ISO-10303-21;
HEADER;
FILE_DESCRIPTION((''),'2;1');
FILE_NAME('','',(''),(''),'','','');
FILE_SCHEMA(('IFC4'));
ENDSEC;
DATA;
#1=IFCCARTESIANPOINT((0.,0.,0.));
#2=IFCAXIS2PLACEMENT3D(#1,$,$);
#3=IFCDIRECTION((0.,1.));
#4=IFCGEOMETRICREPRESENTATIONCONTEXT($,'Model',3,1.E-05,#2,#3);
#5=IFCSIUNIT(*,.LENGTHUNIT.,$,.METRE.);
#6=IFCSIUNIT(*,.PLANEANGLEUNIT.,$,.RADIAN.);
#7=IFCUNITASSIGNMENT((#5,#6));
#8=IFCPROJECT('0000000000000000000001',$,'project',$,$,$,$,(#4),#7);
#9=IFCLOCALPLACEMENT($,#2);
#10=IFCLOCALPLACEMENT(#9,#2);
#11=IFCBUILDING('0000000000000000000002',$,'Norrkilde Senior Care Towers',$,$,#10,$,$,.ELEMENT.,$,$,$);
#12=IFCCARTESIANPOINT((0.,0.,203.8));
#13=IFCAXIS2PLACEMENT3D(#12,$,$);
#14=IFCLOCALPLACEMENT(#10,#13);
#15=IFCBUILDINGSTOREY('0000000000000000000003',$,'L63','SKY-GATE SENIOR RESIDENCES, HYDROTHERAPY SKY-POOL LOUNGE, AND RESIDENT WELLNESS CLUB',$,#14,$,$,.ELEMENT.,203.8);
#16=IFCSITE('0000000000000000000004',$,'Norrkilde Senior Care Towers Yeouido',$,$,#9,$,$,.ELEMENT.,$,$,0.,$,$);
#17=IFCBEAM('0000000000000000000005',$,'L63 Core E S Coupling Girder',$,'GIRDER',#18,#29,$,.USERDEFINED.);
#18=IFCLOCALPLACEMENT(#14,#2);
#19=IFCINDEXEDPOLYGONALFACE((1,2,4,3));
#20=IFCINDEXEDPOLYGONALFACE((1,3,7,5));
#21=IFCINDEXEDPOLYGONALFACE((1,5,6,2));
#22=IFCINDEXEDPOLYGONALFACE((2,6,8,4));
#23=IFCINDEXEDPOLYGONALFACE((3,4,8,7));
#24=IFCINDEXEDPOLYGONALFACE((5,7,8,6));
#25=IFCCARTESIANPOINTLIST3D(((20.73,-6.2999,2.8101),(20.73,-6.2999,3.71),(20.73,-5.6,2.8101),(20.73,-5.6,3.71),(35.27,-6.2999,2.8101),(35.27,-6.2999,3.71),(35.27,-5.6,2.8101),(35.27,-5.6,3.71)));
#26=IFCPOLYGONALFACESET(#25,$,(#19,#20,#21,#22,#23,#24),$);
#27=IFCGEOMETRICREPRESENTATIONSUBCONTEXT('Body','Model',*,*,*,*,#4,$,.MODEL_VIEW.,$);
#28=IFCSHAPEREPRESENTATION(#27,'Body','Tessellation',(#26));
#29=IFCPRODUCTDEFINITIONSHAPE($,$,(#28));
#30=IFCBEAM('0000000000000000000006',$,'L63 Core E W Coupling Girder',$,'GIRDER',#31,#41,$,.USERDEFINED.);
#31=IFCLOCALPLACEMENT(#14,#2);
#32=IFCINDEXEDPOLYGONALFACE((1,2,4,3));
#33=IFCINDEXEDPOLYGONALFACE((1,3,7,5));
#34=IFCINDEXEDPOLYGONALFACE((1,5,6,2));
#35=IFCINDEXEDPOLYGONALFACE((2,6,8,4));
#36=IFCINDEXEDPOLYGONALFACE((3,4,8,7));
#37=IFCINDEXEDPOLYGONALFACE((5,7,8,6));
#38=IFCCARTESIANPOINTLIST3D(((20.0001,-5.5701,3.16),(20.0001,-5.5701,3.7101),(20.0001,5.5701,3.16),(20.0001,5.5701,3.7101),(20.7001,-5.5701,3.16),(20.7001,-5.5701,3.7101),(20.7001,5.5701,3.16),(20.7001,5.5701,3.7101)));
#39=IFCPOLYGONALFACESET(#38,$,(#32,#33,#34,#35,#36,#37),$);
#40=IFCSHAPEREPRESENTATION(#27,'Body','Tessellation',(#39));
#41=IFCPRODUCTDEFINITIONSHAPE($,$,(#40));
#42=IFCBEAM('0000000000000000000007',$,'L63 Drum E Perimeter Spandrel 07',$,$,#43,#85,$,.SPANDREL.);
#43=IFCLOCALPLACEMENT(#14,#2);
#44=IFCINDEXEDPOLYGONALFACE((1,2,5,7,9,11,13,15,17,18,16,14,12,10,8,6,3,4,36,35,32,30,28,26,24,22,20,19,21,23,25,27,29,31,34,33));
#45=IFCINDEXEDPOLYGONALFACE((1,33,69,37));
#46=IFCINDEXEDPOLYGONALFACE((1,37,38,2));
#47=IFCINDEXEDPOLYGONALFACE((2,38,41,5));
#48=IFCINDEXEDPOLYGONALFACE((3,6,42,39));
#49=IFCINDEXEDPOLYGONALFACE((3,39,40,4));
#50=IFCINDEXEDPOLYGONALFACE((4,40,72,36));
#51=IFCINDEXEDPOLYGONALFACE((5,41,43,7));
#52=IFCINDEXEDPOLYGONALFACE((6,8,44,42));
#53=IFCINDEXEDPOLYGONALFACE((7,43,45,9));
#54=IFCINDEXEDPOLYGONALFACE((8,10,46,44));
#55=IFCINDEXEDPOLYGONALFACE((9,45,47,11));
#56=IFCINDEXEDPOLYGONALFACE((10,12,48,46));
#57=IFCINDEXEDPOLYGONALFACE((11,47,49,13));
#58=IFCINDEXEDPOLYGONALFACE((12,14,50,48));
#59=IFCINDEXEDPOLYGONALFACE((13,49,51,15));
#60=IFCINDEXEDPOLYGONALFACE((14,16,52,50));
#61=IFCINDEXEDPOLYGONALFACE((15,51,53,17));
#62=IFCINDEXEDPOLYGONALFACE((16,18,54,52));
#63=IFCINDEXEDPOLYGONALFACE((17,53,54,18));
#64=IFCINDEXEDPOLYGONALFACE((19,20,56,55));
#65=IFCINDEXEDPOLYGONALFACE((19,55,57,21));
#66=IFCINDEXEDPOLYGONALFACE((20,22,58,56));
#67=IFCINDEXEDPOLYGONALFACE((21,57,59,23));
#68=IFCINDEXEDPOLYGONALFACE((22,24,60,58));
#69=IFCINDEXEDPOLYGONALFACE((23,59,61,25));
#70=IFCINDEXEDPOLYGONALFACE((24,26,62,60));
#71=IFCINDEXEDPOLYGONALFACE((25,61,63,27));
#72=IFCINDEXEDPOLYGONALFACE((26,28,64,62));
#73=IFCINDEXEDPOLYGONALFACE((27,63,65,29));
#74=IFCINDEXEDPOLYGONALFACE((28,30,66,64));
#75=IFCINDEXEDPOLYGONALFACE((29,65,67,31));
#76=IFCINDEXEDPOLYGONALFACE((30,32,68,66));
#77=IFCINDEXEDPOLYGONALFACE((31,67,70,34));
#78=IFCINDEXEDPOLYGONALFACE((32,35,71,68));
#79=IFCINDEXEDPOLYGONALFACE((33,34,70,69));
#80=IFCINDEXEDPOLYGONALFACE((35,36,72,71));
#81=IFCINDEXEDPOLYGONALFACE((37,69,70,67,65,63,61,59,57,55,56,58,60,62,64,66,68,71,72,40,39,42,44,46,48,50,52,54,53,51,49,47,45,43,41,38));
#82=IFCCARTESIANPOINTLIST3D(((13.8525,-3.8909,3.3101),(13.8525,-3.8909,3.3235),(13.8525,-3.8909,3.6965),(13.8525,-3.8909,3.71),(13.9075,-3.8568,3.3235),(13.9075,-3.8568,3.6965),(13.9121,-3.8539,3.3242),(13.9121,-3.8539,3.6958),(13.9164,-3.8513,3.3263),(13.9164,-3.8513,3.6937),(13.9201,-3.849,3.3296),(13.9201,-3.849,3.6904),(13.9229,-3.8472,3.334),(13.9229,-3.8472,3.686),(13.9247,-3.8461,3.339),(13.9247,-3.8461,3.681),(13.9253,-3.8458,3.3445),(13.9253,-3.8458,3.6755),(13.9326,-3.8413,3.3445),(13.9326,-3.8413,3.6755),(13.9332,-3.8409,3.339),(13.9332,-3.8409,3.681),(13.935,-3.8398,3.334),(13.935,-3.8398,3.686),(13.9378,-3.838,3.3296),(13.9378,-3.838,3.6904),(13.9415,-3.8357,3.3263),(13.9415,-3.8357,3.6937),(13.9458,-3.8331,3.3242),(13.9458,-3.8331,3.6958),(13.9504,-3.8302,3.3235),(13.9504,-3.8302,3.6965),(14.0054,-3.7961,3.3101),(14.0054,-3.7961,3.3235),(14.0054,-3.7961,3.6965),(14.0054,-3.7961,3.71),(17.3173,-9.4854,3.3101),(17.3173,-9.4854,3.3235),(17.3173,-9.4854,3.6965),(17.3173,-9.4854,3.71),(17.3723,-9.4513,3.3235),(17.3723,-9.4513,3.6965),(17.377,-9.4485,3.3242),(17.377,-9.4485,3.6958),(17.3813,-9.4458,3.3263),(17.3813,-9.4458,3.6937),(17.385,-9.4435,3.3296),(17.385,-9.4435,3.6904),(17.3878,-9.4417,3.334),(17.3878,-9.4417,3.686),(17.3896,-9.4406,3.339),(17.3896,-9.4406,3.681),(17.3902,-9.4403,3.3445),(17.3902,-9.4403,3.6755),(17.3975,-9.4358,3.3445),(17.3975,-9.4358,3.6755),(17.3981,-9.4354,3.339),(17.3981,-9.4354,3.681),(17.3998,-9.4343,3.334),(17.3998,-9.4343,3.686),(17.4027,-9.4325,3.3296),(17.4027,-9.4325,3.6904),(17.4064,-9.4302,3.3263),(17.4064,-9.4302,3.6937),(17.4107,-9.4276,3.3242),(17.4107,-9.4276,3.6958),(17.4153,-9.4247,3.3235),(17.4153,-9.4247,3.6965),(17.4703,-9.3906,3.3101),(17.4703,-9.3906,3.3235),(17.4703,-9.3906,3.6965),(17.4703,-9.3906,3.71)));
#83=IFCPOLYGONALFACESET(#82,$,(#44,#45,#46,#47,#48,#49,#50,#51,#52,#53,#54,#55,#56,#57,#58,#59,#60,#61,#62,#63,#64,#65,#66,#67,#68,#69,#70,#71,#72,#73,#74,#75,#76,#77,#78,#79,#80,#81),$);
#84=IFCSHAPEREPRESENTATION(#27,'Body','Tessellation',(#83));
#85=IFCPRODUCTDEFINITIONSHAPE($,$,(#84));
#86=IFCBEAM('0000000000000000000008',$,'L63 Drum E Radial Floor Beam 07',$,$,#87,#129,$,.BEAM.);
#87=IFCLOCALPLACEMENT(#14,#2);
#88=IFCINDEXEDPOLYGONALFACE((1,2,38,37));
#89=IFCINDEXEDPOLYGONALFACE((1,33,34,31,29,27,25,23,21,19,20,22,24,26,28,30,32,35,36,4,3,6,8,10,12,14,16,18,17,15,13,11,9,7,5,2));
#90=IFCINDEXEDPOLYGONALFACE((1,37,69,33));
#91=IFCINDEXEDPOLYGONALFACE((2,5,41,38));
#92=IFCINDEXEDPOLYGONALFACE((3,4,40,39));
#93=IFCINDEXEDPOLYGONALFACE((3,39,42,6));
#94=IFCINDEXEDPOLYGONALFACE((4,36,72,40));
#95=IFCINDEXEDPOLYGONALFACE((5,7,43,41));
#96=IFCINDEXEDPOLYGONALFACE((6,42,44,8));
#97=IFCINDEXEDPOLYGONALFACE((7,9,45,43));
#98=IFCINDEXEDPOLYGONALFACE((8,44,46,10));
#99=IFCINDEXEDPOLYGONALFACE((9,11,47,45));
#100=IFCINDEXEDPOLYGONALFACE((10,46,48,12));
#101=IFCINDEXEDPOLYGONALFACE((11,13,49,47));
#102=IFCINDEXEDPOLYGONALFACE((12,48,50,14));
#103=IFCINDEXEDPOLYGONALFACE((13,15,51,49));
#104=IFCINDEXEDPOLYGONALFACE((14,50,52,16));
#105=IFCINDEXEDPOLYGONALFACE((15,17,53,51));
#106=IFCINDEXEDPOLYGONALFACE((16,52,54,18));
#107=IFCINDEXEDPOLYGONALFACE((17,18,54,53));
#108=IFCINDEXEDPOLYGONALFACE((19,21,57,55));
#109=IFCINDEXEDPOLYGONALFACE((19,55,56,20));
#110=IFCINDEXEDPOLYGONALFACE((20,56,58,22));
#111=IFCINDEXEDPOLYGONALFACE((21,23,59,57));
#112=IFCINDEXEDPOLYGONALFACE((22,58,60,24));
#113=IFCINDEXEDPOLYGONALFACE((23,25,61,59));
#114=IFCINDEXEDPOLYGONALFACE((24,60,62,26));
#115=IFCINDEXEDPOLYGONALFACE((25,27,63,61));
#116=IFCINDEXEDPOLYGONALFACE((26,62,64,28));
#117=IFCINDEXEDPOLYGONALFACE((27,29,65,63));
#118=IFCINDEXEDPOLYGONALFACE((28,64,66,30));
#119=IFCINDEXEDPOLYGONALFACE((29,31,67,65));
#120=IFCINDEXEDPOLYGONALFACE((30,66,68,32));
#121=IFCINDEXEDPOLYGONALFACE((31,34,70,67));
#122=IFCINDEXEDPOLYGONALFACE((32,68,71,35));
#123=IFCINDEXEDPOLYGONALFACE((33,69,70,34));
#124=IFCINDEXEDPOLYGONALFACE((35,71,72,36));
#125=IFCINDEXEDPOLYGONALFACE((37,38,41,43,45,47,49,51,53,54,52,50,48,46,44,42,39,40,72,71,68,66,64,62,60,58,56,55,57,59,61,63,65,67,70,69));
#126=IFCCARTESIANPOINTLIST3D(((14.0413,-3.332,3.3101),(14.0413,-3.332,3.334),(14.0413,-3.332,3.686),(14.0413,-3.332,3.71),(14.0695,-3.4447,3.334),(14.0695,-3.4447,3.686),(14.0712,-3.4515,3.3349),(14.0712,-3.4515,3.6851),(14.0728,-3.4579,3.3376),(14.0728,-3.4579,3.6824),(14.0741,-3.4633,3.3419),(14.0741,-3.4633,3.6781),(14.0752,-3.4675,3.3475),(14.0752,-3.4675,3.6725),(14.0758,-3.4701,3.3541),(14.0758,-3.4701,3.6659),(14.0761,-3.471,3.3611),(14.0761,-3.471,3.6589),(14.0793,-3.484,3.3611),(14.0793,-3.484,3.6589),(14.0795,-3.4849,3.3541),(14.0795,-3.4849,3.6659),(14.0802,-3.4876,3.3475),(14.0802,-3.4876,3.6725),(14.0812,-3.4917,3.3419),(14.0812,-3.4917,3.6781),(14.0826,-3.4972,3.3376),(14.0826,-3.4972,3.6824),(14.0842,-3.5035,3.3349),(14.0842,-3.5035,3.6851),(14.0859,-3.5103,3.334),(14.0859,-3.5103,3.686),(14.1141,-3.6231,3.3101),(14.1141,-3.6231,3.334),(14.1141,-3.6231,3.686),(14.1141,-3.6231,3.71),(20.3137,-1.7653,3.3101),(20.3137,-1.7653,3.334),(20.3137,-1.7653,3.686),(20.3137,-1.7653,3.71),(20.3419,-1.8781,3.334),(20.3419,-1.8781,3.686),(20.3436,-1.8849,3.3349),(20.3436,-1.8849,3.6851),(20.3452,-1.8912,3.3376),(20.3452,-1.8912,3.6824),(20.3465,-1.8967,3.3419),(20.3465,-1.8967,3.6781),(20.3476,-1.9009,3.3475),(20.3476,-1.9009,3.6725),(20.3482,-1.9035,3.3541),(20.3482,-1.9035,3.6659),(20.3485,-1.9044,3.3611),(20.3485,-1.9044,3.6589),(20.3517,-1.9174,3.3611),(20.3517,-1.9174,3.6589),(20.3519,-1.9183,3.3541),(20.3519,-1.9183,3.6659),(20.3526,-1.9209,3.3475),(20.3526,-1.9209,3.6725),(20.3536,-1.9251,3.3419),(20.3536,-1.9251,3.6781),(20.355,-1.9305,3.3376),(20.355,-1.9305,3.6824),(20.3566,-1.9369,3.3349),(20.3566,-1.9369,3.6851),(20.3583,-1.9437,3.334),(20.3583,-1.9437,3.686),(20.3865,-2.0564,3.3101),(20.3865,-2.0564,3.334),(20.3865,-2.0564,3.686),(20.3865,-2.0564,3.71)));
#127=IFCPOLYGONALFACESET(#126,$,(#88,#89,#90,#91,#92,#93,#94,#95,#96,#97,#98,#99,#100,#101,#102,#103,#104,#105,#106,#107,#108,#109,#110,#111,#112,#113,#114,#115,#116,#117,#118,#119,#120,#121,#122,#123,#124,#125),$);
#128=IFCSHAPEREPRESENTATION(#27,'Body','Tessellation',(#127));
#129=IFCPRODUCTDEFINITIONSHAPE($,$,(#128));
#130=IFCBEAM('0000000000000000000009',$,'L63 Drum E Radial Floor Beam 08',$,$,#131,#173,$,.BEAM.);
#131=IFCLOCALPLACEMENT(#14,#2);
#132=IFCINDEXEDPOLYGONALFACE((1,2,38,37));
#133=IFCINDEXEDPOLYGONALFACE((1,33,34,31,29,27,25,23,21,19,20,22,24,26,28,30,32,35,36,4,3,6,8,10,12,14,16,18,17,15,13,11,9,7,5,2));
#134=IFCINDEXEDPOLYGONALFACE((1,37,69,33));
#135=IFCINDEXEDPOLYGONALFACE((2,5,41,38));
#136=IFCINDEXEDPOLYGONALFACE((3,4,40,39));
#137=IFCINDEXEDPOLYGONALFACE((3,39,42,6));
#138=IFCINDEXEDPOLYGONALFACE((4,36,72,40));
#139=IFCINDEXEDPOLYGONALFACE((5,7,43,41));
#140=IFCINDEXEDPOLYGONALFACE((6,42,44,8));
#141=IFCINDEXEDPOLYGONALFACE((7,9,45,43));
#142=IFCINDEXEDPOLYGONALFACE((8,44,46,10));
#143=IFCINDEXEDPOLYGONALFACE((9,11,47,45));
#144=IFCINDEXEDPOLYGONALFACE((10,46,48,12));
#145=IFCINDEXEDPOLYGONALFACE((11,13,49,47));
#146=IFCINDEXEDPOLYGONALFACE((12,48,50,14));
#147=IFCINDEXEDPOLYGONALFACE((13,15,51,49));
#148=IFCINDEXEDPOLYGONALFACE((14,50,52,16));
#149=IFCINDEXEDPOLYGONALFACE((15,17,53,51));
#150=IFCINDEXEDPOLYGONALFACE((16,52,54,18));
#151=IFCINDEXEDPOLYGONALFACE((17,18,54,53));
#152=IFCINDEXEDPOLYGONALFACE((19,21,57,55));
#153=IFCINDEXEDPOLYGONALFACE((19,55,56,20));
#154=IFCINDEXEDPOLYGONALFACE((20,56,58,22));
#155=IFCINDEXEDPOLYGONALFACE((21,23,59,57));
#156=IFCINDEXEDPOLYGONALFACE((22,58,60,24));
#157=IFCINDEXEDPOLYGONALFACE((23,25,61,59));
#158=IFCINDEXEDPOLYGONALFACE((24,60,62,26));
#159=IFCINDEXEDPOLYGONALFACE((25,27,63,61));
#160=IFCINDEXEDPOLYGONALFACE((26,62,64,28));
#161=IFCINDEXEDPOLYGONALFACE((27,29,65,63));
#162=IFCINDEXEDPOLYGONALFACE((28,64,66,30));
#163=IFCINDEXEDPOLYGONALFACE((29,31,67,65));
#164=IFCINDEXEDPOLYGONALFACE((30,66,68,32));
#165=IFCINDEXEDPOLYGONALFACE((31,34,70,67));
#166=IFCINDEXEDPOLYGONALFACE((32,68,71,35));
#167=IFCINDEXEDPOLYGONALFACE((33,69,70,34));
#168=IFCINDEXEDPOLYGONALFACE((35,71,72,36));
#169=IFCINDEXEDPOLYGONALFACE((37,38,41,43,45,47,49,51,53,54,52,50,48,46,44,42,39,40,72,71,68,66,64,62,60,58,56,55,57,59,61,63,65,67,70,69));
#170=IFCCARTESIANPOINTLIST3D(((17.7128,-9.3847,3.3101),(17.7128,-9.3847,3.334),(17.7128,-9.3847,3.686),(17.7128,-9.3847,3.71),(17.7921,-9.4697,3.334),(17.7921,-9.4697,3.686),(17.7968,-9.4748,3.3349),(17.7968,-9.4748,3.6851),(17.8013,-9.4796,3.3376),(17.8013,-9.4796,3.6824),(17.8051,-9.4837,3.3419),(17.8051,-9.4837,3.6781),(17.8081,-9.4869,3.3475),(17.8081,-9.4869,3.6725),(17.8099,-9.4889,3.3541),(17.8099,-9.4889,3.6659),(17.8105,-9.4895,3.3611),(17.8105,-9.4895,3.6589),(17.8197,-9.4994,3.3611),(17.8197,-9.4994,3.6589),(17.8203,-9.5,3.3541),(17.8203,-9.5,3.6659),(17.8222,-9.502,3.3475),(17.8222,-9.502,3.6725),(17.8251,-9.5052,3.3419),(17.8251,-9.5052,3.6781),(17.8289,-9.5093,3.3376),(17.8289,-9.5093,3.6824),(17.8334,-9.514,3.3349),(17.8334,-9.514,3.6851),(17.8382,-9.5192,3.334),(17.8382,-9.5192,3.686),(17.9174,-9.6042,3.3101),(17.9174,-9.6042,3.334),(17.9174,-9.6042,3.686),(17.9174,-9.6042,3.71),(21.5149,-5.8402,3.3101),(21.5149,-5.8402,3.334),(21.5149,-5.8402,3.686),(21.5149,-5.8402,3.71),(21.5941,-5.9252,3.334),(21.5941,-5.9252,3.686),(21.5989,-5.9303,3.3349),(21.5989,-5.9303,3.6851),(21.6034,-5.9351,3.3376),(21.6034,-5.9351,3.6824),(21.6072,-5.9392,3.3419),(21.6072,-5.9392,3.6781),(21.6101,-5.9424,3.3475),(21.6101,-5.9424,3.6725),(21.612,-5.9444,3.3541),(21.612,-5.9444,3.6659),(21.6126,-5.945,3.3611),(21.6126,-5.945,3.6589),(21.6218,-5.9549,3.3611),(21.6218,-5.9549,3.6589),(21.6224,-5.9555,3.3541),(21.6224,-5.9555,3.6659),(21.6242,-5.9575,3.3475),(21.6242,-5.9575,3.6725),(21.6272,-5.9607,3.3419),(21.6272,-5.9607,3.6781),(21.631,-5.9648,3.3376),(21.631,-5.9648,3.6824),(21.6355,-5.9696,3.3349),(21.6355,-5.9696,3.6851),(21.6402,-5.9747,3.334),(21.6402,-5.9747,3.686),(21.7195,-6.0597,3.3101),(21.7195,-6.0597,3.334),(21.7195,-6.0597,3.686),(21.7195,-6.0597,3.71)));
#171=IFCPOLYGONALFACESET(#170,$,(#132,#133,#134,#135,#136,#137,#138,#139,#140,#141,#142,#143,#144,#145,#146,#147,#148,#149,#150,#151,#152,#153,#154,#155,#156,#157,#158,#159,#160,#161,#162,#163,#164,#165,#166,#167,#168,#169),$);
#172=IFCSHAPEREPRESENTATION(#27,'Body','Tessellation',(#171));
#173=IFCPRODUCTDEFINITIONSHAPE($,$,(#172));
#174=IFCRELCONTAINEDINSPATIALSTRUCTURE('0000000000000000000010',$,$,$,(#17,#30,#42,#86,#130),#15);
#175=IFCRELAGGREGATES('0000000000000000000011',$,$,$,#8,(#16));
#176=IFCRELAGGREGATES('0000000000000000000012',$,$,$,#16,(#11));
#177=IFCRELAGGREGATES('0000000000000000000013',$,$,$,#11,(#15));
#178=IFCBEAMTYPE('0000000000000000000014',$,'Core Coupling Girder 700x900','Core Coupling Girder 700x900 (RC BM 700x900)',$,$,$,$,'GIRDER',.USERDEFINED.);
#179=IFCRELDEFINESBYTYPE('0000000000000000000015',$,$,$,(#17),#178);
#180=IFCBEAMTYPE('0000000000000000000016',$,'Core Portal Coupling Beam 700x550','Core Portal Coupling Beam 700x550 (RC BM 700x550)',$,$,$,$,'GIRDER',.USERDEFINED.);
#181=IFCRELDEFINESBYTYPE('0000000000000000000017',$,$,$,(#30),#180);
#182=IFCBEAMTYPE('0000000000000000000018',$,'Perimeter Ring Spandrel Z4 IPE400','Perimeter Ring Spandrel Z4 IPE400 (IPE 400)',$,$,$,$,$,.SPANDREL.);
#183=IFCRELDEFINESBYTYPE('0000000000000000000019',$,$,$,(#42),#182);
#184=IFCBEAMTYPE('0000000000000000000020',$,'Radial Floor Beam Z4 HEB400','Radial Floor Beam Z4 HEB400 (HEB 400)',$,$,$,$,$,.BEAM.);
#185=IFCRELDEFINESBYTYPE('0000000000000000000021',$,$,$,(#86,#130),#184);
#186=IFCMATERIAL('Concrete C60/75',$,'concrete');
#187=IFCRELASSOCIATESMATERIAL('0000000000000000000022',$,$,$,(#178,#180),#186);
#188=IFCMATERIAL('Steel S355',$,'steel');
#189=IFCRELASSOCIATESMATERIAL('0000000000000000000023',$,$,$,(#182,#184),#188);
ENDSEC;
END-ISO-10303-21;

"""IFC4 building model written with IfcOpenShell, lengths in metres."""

from ifc_helpers import new_model, si_unit, direction, frame, origin, origin_2d, place, context, subcontext, project, spatial, rectangle, i_section, extrude, source, transform, mapped, material, material_profile, profile_set, type_object, type_shapes, element, save


model = new_model("IFC4")

# Units and contexts
model_context = context("Model", 3, precision=1e-05, world=origin(), true_north=direction((0.0, 1.0)))
body_context = subcontext(model_context, "Body", "Model", "MODEL_VIEW")
ifc_project = project(units=[si_unit("LENGTHUNIT", "METRE"), si_unit("PLANEANGLEUNIT", "RADIAN")], contexts=[model_context])

# Site, building, storey
site_placement = place(None, origin())
site = spatial("IfcSite", under=ifc_project, at=site_placement, Name="Norrkilde Senior Care Towers Yeouido", CompositionType="ELEMENT", RefElevation=0.0)
building_placement = place(site_placement, origin())
building = spatial("IfcBuilding", under=site, at=building_placement, Name="Norrkilde Senior Care Towers", CompositionType="ELEMENT")
storey_placement = place(building_placement, frame((0.0, 0.0, 203.8)))
storey = spatial("IfcBuildingStorey", under=building, at=storey_placement, Name="L63", Description="SKY-GATE SENIOR RESIDENCES, HYDROTHERAPY SKY-POOL LOUNGE, AND RESIDENT WELLNESS CLUB", CompositionType="ELEMENT", Elevation=203.8)

# Beams
ifc_material_1 = material(Name="Concrete C60/75", Category="concrete")
ifc_material_profile_1 = material_profile(ifc_material_1, rectangle(XDim=0.7, YDim=0.8999, at=origin_2d()), Name="RC BM 700x900")
ifc_profile_set_1 = profile_set([ifc_material_profile_1], Name="Concrete C60/75")
beam_type_1 = type_object("IfcBeamType", Name="Core Coupling Girder 700x900", Description="Core Coupling Girder 700x900 (RC BM 700x900)", ElementType="GIRDER", PredefinedType="USERDEFINED", material=ifc_profile_set_1)
shared_shape_1 = source(origin(), body_context, "Body", "SweptSolid", [
    extrude(rectangle(XDim=0.7, YDim=0.8999, at=origin_2d()), origin(), (0.0, 0.0, 1.0), 14.54),
])
type_shapes(beam_type_1, [shared_shape_1])
beam_1_placement = place(storey_placement, frame((20.73, -5.95, 3.26), z_axis=(1.0, 0.0, 0.0), x_axis=(0.0, 1.0, 0.0)))
element("IfcBeam", 1, at=beam_1_placement, inside=storey, type_object=beam_type_1, Name="L63 Core E S Coupling Girder", ObjectType="GIRDER", PredefinedType="USERDEFINED", context=body_context, shape_type="MappedRepresentation", body=[
    mapped(shared_shape_1, transform((0.0, 0.0, 0.0), x_axis=(1.0, 0.0, 0.0), y_axis=(0.0, 1.0, 0.0), z_axis=(0.0, 0.0, 1.0), scale=1.0)),
])
ifc_material_profile_2 = material_profile(ifc_material_1, rectangle(XDim=0.7, YDim=0.55, at=origin_2d()), Name="RC BM 700x550")
ifc_profile_set_2 = profile_set([ifc_material_profile_2], Name="Concrete C60/75")
beam_type_2 = type_object("IfcBeamType", Name="Core Portal Coupling Beam 700x550", Description="Core Portal Coupling Beam 700x550 (RC BM 700x550)", ElementType="GIRDER", PredefinedType="USERDEFINED", material=ifc_profile_set_2)
shared_shape_2 = source(origin(), body_context, "Body", "SweptSolid", [
    extrude(rectangle(XDim=0.7, YDim=0.55, at=origin_2d()), origin(), (0.0, 0.0, 1.0), 11.1401),
])
type_shapes(beam_type_2, [shared_shape_2])
beam_2_placement = place(storey_placement, frame((20.3501, -5.5701, 3.4351), z_axis=(0.0, 1.0, 0.0), x_axis=(-1.0, 0.0, 0.0)))
element("IfcBeam", 2, at=beam_2_placement, inside=storey, type_object=beam_type_2, Name="L63 Core E W Coupling Girder", ObjectType="GIRDER", PredefinedType="USERDEFINED", context=body_context, shape_type="MappedRepresentation", body=[
    mapped(shared_shape_2, transform((0.0, 0.0, 0.0), x_axis=(1.0, 0.0, 0.0), y_axis=(0.0, 1.0, 0.0), z_axis=(0.0, 0.0, 1.0), scale=1.0)),
])
ifc_material_2 = material(Name="Steel S355", Category="steel")
ifc_material_profile_3 = material_profile(ifc_material_2, i_section(OverallWidth=0.1799, OverallDepth=0.3999, WebThickness=0.0085, FlangeThickness=0.0134, FilletRadius=0.021, at=origin_2d()), Name="IPE 400")
ifc_profile_set_3 = profile_set([ifc_material_profile_3], Name="Steel S355")
beam_type_3 = type_object("IfcBeamType", Name="Perimeter Ring Spandrel Z4 IPE400", Description="Perimeter Ring Spandrel Z4 IPE400 (IPE 400)", PredefinedType="SPANDREL", material=ifc_profile_set_3)
shared_shape_3 = source(origin(), body_context, "Body", "SweptSolid", [
    extrude(i_section(OverallWidth=0.1799, OverallDepth=0.3999, WebThickness=0.0085, FlangeThickness=0.0134, FilletRadius=0.021, at=origin_2d()), origin(), (0.0, 0.0, 1.0), 6.5806),
])
type_shapes(beam_type_3, [shared_shape_3])
beam_3_placement = place(storey_placement, frame((13.929, -3.8435, 3.51), z_axis=(0.52653, -0.850157, 0.0), x_axis=(0.850157, 0.52653, 0.0)))
element("IfcBeam", 3, at=beam_3_placement, inside=storey, type_object=beam_type_3, Name="L63 Drum E Perimeter Spandrel 07", PredefinedType="SPANDREL", context=body_context, shape_type="MappedRepresentation", body=[
    mapped(shared_shape_3, transform((0.0, 0.0, 0.0), x_axis=(1.0, 0.0, 0.0), y_axis=(0.0, 1.0, 0.0), z_axis=(0.0, 0.0, 1.0), scale=1.0)),
])
ifc_material_profile_4 = material_profile(ifc_material_2, i_section(OverallWidth=0.3, OverallDepth=0.3999, WebThickness=0.0134, FlangeThickness=0.0239, FilletRadius=0.0271, at=origin_2d()), Name="HEB 400")
ifc_profile_set_4 = profile_set([ifc_material_profile_4], Name="Steel S355")
beam_type_4 = type_object("IfcBeamType", Name="Radial Floor Beam Z4 HEB400", Description="Radial Floor Beam Z4 HEB400 (HEB 400)", PredefinedType="BEAM", material=ifc_profile_set_4)
shared_shape_4 = source(origin(), body_context, "Body", "SweptSolid", [
    extrude(i_section(OverallWidth=0.3, OverallDepth=0.3999, WebThickness=0.0134, FlangeThickness=0.0239, FilletRadius=0.0271, at=origin_2d()), origin(), (0.0, 0.0, 1.0), 6.4651),
])
beam_4_placement = place(storey_placement, frame((20.3501, -1.9109, 3.51), z_axis=(-0.970196, -0.242322, 0.0), x_axis=(0.242322, -0.970196, 0.0)))
element("IfcBeam", 4, at=beam_4_placement, inside=storey, type_object=beam_type_4, Name="L63 Drum E Radial Floor Beam 07", PredefinedType="BEAM", context=body_context, shape_type="MappedRepresentation", body=[
    mapped(shared_shape_4, transform((0.0, 0.0, 0.0), x_axis=(1.0, 0.0, 0.0), y_axis=(0.0, 1.0, 0.0), z_axis=(0.0, 0.0, 1.0), scale=1.0)),
])
shared_shape_5 = source(origin(), body_context, "Body", "SweptSolid", [
    extrude(i_section(OverallWidth=0.3, OverallDepth=0.3999, WebThickness=0.0134, FlangeThickness=0.0239, FilletRadius=0.0271, at=origin_2d()), origin(), (0.0, 0.0, 1.0), 5.198),
])
type_shapes(beam_type_4, [shared_shape_4, shared_shape_5])
beam_5_placement = place(storey_placement, frame((21.6172, -5.95, 3.51), z_axis=(-0.731449, -0.681896, 0.0), x_axis=(0.681896, -0.731449, 0.0)))
element("IfcBeam", 5, at=beam_5_placement, inside=storey, type_object=beam_type_4, Name="L63 Drum E Radial Floor Beam 08", PredefinedType="BEAM", context=body_context, shape_type="MappedRepresentation", body=[
    mapped(shared_shape_5, transform((0.0, 0.0, 0.0), x_axis=(1.0, 0.0, 0.0), y_axis=(0.0, 1.0, 0.0), z_axis=(0.0, 0.0, 1.0), scale=1.0)),
])

save(model, "model.ifc")
